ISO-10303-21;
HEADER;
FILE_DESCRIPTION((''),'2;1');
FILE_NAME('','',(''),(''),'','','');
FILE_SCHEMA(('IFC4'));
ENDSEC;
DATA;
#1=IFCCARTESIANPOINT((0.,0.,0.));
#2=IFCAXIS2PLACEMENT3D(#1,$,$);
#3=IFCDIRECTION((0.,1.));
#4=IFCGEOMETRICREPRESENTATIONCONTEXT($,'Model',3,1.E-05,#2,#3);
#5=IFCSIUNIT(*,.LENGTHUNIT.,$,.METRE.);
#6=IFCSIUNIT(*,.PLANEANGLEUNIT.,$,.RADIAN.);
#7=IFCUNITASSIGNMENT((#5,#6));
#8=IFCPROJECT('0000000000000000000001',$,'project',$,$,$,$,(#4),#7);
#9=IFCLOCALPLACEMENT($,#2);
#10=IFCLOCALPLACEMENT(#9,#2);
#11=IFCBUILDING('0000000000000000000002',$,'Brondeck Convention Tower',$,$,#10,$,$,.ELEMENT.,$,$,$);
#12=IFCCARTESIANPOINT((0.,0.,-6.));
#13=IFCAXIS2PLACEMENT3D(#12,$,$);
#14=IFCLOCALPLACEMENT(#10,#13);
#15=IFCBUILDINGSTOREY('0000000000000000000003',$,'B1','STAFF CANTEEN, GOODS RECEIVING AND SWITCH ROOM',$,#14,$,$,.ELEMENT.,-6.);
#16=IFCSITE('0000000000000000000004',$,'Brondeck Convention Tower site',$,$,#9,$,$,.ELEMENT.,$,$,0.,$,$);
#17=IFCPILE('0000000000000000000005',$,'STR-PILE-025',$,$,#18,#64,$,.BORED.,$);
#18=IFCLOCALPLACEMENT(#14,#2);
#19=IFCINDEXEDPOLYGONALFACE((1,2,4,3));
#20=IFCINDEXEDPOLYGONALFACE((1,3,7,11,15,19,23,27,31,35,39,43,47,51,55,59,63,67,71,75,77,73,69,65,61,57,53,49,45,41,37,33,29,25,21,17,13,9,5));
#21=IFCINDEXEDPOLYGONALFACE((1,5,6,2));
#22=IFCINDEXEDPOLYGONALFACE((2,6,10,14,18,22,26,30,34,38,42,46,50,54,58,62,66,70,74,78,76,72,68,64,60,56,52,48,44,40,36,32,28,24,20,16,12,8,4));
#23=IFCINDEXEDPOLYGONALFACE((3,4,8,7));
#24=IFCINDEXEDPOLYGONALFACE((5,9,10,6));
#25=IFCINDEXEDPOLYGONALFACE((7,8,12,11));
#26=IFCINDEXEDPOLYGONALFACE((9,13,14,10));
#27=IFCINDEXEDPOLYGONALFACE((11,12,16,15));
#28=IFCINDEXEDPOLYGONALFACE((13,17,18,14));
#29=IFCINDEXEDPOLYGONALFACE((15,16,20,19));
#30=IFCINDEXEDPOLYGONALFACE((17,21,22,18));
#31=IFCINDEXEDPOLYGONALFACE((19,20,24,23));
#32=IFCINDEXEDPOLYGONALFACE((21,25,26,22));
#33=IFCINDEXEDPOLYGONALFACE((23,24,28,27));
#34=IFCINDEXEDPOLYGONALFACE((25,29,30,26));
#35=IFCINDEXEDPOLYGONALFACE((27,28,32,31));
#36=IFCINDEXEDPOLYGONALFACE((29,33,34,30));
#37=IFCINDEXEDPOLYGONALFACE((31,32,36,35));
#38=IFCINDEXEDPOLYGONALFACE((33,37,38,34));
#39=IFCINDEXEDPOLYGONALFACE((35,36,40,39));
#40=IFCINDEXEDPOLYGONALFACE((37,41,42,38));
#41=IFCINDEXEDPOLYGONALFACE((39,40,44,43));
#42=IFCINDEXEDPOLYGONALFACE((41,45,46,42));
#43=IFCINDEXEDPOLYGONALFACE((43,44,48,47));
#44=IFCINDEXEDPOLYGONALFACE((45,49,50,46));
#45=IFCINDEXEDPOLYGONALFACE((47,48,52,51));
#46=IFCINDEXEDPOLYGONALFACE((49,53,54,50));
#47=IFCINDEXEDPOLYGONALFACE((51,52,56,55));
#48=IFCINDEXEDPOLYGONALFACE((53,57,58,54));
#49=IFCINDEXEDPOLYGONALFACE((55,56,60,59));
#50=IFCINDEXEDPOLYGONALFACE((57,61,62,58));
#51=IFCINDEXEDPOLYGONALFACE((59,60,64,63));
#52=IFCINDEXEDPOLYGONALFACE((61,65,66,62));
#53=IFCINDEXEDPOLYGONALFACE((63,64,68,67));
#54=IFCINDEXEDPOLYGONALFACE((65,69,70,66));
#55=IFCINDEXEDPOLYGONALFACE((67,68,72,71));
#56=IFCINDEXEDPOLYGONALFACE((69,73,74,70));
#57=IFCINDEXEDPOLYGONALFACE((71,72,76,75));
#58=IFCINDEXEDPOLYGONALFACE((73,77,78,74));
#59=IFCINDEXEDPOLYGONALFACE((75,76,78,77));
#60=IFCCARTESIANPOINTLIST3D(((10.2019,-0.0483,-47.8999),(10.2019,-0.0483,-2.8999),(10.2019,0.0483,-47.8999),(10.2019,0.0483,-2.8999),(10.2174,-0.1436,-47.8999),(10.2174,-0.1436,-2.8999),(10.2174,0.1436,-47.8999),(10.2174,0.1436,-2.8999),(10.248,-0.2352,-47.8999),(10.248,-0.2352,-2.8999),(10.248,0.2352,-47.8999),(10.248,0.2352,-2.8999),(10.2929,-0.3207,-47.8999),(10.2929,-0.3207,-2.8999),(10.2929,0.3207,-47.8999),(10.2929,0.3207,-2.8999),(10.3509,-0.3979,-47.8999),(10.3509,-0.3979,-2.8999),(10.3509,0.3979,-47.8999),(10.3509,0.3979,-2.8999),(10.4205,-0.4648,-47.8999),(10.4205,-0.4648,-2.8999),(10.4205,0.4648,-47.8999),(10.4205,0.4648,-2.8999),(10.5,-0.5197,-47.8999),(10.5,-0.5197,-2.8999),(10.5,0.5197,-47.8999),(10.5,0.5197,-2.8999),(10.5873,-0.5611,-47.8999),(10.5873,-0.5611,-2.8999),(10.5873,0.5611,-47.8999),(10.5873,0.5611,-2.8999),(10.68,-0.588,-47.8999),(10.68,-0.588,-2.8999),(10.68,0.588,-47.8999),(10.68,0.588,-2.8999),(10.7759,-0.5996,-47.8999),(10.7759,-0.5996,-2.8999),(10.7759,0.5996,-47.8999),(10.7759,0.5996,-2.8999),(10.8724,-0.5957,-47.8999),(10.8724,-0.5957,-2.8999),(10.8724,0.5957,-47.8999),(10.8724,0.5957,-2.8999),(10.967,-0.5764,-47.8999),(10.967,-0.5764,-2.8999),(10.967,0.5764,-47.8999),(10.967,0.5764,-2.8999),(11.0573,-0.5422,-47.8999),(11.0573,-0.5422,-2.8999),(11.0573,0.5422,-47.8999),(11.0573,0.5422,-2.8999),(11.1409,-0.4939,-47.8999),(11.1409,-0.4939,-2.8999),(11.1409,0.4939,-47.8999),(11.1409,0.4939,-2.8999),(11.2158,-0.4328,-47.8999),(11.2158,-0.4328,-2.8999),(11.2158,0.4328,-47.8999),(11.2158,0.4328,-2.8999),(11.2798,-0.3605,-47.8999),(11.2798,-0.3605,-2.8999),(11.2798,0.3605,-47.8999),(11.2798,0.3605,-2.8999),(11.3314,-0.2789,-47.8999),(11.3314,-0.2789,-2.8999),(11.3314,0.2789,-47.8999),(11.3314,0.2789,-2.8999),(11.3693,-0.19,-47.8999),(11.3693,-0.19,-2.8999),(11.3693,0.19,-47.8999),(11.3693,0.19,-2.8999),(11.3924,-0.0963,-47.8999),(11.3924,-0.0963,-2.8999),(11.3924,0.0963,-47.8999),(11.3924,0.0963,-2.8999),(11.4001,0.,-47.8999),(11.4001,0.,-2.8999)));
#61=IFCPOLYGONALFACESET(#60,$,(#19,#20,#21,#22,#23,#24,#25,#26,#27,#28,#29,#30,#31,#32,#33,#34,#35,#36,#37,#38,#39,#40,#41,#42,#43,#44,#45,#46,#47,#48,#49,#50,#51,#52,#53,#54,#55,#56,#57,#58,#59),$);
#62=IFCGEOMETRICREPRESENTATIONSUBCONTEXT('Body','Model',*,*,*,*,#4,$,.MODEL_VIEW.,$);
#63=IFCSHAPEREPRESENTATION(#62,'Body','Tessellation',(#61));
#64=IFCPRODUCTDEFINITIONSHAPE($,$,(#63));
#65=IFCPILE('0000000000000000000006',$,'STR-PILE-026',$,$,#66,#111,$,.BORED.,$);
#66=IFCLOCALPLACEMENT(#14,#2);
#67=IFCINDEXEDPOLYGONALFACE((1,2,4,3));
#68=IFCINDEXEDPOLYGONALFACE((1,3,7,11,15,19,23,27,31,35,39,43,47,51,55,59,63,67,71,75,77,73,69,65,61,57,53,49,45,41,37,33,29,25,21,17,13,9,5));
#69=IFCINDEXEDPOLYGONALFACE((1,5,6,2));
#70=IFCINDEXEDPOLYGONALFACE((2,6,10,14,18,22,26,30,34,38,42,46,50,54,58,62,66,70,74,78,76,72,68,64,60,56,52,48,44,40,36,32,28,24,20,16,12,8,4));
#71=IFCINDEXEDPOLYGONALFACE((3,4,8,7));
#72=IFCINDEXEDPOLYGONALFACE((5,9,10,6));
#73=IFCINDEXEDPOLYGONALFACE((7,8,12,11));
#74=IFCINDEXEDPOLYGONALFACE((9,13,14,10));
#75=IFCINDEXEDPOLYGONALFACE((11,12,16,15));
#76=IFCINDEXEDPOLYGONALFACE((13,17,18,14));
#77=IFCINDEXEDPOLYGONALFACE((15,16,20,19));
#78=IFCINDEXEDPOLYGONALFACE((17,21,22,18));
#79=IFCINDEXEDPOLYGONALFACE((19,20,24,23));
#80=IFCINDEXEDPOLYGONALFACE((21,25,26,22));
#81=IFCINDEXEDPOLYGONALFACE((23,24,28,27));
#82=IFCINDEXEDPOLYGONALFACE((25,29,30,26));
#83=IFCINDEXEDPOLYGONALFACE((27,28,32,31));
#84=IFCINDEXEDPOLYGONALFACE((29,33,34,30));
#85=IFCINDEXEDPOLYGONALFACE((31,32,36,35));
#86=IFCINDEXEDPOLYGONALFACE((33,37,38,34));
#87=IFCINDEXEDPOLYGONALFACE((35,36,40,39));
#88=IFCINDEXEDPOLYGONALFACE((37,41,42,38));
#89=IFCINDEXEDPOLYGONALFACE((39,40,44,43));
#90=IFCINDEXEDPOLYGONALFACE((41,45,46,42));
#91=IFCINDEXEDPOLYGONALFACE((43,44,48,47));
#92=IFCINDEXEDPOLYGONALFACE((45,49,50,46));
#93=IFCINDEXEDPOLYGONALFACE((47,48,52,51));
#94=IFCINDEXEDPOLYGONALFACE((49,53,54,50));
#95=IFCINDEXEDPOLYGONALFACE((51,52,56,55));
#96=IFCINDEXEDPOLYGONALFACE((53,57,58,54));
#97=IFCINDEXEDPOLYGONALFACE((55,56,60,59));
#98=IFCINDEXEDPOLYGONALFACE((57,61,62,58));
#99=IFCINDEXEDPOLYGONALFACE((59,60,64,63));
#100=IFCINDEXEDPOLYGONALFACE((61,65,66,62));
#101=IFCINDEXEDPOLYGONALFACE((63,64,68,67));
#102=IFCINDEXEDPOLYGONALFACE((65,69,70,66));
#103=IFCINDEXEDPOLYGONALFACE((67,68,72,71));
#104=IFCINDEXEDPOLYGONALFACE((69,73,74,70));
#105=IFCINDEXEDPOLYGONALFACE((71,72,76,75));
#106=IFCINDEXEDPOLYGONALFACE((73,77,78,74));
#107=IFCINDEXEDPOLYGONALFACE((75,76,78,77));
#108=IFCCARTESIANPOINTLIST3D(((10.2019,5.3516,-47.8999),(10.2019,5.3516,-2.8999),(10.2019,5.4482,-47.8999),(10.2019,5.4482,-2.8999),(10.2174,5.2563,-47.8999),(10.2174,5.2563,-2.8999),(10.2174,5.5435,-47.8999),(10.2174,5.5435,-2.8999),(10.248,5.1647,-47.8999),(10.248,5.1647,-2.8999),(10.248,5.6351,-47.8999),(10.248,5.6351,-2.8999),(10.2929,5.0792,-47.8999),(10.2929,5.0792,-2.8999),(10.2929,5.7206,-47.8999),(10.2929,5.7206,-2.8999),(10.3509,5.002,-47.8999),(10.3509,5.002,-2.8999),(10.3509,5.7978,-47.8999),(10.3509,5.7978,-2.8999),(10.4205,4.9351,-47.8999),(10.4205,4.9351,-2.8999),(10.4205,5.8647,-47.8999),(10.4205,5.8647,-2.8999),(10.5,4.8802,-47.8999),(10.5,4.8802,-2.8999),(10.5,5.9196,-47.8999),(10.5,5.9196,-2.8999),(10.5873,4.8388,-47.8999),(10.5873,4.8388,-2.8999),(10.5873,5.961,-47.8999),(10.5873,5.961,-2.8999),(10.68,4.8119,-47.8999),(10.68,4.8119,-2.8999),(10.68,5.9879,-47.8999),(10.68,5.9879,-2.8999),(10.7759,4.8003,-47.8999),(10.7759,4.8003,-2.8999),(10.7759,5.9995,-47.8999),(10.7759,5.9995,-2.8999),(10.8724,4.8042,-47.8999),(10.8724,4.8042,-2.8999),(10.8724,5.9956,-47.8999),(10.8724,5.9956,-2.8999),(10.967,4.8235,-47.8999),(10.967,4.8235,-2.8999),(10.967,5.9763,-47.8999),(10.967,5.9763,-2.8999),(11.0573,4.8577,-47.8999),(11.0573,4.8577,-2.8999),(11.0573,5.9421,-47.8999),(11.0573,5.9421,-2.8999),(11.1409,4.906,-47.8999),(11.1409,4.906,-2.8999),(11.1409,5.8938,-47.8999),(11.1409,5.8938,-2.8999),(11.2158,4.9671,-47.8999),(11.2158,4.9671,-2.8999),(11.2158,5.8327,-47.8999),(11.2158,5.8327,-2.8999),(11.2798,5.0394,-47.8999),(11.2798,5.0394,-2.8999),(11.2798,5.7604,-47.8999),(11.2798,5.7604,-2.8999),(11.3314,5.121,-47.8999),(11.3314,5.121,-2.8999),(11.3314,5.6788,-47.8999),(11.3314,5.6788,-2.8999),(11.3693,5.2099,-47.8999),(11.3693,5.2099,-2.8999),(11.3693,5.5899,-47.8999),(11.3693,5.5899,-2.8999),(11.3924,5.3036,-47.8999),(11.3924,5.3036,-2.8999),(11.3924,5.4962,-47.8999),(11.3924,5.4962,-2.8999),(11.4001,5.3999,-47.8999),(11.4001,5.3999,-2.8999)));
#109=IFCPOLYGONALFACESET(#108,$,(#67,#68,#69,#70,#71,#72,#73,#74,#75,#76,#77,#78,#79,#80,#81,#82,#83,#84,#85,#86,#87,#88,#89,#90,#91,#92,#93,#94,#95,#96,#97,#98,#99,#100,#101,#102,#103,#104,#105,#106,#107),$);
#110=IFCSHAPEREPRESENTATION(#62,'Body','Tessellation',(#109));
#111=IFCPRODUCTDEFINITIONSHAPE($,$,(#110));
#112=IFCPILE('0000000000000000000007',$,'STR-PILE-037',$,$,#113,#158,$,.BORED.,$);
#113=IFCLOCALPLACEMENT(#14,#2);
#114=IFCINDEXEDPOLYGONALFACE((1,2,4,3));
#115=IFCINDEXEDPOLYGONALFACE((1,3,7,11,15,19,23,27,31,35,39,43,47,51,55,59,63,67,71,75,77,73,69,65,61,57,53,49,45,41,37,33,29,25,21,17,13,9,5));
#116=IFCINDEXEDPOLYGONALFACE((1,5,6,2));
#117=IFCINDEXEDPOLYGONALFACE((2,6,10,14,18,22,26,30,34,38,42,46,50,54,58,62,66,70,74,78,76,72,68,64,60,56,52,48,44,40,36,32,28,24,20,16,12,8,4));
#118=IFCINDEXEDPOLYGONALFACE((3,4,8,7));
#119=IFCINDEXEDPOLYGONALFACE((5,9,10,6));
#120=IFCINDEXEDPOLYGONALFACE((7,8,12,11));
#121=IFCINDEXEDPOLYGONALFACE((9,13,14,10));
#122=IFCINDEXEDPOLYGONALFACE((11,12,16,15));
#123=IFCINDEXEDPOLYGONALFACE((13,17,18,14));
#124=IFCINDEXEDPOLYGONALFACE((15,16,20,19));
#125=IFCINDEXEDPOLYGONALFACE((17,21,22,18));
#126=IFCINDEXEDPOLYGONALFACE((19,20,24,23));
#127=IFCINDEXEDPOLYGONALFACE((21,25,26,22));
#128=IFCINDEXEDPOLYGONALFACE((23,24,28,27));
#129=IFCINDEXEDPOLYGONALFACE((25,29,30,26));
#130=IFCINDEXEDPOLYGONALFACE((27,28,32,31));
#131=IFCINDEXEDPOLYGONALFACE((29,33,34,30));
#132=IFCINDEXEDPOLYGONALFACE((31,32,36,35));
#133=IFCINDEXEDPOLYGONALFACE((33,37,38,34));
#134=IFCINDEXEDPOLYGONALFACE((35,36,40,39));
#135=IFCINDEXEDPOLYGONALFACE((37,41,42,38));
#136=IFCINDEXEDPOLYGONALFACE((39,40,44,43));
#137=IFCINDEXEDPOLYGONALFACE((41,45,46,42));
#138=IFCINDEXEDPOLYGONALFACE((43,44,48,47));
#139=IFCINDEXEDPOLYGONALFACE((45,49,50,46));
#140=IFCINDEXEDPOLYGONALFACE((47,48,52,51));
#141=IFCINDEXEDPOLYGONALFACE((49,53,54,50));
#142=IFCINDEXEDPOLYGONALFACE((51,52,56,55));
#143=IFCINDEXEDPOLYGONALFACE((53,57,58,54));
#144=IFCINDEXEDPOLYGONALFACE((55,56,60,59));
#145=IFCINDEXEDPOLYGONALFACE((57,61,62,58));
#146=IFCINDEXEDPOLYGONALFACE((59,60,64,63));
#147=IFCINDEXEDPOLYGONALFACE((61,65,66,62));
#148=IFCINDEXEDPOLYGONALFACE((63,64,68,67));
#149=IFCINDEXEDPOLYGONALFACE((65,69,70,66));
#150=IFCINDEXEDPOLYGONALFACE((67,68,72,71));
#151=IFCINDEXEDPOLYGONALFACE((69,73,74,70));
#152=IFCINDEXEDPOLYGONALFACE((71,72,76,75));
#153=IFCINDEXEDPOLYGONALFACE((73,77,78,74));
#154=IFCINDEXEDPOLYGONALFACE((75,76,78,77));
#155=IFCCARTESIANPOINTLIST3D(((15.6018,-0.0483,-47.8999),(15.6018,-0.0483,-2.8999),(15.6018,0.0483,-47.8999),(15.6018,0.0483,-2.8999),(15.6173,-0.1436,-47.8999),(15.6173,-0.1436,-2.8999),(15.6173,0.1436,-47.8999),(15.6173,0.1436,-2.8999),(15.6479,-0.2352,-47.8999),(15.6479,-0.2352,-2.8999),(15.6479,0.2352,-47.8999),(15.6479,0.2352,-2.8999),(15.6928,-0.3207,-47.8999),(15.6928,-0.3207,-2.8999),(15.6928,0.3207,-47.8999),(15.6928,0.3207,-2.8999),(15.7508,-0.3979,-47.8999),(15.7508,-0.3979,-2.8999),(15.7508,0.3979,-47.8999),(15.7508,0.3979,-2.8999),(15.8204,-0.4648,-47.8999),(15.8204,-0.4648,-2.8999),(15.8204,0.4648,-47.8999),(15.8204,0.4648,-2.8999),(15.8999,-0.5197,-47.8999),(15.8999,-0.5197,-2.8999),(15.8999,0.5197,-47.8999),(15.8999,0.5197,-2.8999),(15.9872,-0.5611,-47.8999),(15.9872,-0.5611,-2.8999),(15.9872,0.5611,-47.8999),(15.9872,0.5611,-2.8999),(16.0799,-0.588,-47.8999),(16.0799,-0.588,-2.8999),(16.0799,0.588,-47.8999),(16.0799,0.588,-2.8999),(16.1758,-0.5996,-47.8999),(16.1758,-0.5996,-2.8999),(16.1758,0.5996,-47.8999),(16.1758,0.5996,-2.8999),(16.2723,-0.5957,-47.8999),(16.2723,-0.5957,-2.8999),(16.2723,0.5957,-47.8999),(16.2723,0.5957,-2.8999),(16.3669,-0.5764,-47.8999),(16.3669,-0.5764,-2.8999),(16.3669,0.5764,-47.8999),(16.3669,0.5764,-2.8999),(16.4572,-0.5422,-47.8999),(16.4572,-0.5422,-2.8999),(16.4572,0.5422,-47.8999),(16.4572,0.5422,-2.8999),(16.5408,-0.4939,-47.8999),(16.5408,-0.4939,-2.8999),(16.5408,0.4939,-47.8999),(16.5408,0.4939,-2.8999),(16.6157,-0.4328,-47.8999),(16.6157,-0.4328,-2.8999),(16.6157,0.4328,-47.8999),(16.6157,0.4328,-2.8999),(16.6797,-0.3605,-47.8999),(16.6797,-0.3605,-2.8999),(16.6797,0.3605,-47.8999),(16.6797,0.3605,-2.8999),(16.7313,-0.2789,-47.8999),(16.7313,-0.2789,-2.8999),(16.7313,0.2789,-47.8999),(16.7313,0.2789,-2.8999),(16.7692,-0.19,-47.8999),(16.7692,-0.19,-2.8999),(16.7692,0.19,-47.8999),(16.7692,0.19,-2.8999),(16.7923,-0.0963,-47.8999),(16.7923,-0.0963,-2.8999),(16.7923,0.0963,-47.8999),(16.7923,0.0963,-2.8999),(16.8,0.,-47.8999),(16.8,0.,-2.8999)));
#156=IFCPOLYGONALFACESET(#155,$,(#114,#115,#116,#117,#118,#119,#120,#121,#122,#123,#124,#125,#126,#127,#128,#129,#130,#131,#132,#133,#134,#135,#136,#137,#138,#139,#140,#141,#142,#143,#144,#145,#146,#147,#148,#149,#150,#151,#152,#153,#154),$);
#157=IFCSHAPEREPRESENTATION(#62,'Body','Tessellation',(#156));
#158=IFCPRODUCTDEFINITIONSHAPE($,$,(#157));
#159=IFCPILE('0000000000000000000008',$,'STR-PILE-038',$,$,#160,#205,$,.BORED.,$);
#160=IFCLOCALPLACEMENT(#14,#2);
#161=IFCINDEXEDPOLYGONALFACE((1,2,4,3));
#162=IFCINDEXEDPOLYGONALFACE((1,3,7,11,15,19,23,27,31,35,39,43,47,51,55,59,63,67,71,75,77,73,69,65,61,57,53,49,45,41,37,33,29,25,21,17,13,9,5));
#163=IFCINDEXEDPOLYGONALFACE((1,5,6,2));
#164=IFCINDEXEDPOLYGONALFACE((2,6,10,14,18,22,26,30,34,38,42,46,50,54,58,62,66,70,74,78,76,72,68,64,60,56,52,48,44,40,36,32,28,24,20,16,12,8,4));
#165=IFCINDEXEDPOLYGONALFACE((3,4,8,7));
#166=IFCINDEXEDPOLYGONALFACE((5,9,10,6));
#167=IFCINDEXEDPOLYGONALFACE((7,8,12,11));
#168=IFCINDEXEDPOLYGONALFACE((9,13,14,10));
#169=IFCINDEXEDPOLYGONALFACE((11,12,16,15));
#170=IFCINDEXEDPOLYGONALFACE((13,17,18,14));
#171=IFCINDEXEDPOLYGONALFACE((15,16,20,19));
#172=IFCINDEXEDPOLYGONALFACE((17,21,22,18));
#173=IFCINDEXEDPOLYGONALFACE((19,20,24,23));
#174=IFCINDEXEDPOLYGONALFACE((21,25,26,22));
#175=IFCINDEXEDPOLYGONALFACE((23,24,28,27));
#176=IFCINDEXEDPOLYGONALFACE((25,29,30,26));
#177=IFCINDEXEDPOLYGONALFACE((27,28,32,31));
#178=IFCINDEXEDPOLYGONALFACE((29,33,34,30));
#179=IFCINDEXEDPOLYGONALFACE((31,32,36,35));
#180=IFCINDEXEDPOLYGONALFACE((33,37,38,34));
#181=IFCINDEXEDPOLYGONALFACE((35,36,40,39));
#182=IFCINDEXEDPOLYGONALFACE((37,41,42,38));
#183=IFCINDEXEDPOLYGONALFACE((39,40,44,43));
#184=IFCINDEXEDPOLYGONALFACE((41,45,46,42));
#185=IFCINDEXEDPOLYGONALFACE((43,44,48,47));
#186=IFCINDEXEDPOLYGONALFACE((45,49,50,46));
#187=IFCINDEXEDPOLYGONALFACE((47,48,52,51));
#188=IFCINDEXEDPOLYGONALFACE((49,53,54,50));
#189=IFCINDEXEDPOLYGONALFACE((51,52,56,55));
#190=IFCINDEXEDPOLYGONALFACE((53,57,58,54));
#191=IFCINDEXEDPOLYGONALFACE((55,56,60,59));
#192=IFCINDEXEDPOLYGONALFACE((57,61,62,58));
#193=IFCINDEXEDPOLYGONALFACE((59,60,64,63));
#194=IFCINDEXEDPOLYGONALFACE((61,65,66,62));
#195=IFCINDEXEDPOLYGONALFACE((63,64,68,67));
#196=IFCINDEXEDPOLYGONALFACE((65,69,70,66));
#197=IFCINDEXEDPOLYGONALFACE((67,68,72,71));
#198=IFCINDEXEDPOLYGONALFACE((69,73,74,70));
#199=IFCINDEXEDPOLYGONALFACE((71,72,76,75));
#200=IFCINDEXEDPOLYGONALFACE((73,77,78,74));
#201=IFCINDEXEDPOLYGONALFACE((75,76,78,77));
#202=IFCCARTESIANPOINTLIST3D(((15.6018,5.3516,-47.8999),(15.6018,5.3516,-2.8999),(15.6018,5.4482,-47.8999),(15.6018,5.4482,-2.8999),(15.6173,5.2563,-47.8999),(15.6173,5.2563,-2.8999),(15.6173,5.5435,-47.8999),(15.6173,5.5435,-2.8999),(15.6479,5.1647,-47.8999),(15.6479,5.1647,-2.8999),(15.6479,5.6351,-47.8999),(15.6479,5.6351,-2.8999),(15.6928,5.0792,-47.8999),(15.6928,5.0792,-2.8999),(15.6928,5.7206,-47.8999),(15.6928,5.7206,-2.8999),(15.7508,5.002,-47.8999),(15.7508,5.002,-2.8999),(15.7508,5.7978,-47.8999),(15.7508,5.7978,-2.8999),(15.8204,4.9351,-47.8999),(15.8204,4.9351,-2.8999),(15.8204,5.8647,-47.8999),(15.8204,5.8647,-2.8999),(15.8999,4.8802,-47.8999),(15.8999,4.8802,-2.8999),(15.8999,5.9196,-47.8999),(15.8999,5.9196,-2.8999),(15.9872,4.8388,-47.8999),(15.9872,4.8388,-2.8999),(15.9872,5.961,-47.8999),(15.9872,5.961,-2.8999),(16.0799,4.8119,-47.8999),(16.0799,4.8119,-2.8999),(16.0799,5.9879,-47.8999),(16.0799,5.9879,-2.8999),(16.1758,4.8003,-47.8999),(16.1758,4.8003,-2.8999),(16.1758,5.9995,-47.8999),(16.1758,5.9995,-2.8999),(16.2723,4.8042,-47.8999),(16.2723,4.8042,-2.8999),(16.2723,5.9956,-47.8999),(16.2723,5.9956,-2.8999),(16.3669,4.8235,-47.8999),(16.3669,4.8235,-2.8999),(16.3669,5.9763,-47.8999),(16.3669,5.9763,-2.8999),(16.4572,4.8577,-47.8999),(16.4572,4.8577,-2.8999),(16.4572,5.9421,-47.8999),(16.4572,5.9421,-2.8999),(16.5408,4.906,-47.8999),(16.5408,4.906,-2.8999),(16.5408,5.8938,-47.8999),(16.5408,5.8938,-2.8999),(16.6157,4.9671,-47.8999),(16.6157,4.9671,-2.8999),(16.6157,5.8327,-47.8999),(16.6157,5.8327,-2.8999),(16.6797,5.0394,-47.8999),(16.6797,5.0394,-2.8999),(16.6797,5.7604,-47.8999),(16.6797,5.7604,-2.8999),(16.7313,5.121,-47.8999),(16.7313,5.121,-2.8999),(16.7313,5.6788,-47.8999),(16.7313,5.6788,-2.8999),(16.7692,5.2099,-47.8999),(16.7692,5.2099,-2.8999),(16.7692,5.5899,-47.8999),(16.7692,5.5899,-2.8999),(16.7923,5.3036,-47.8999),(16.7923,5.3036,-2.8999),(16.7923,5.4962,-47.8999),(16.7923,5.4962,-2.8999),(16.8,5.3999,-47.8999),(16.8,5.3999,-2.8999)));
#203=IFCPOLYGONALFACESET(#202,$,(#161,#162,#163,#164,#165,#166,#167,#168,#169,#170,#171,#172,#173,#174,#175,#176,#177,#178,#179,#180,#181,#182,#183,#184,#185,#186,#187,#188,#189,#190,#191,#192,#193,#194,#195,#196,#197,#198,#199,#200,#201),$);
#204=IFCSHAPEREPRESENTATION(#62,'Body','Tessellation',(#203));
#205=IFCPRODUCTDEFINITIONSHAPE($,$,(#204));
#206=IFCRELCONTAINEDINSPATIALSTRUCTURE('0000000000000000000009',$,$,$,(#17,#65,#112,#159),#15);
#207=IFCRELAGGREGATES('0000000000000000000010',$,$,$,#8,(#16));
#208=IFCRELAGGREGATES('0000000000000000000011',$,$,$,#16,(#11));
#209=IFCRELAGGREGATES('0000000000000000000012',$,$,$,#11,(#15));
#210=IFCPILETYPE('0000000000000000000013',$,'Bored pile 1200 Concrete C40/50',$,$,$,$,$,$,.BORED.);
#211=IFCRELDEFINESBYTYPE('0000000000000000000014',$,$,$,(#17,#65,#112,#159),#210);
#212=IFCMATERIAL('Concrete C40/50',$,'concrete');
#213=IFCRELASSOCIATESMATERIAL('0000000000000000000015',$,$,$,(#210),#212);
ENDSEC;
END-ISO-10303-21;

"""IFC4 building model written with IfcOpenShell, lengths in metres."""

from ifc_helpers import new_model, si_unit, direction, frame, origin, origin_2d, place, context, subcontext, project, spatial, circle, extrude, material, material_profile, profile_set, type_object, element, save


model = new_model("IFC4")

# Units and contexts
model_context = context("Model", 3, precision=1e-05, world=origin(), true_north=direction((0.0, 1.0)))
body_context = subcontext(model_context, "Body", "Model", "MODEL_VIEW")
ifc_project = project(units=[si_unit("LENGTHUNIT", "METRE"), si_unit("PLANEANGLEUNIT", "RADIAN")], contexts=[model_context])

# Site, building, storey
site_placement = place(None, origin())
site = spatial("IfcSite", under=ifc_project, at=site_placement, Name="Brondeck Convention Tower site", CompositionType="ELEMENT", RefElevation=0.0)
building_placement = place(site_placement, origin())
building = spatial("IfcBuilding", under=site, at=building_placement, Name="Brondeck Convention Tower", CompositionType="ELEMENT")
storey_placement = place(building_placement, frame((0.0, 0.0, -6.0)))
storey = spatial("IfcBuildingStorey", under=building, at=storey_placement, Name="B1", Description="STAFF CANTEEN, GOODS RECEIVING AND SWITCH ROOM", CompositionType="ELEMENT", Elevation=-6.0)

# Piles
ifc_material_1 = material(Name="Concrete C40/50", Category="concrete")
ifc_material_profile_1 = material_profile(ifc_material_1, circle(Radius=0.6001, at=origin_2d()), Name="Bored pile 1200 Concrete C40/50")
ifc_profile_set_1 = profile_set([ifc_material_profile_1], Name="Concrete C40/50")
pile_type = type_object("IfcPileType", Name="Bored pile 1200 Concrete C40/50", PredefinedType="BORED", material=ifc_profile_set_1)
for number, where, z_axis, x_axis, name in (
    (1, (10.8, 0.0, -2.8999), (0.0, 0.0, -1.0), (1.0, 0.0, 0.0), "STR-PILE-025"),
    (2, (10.8, 5.3999, -2.8999), (0.0, 0.0, -1.0), (1.0, 0.0, 0.0), "STR-PILE-026"),
    (3, (16.2, 0.0, -2.8999), (0.0, 0.0, -1.0), (1.0, 0.0, 0.0), "STR-PILE-037"),
    (4, (16.2, 5.3999, -2.8999), (0.0, 0.0, -1.0), (1.0, 0.0, 0.0), "STR-PILE-038"),
):
    element("IfcPile", number, at=place(storey_placement, frame(where, z_axis=z_axis, x_axis=x_axis)), inside=storey, type_object=pile_type, Name=name, PredefinedType="BORED", context=body_context, shape_type="SweptSolid", body=[
        extrude(circle(Radius=0.6001, at=origin_2d()), origin(), (0.0, 0.0, 1.0), 45.0),
    ])

save(model, "model.ifc")
